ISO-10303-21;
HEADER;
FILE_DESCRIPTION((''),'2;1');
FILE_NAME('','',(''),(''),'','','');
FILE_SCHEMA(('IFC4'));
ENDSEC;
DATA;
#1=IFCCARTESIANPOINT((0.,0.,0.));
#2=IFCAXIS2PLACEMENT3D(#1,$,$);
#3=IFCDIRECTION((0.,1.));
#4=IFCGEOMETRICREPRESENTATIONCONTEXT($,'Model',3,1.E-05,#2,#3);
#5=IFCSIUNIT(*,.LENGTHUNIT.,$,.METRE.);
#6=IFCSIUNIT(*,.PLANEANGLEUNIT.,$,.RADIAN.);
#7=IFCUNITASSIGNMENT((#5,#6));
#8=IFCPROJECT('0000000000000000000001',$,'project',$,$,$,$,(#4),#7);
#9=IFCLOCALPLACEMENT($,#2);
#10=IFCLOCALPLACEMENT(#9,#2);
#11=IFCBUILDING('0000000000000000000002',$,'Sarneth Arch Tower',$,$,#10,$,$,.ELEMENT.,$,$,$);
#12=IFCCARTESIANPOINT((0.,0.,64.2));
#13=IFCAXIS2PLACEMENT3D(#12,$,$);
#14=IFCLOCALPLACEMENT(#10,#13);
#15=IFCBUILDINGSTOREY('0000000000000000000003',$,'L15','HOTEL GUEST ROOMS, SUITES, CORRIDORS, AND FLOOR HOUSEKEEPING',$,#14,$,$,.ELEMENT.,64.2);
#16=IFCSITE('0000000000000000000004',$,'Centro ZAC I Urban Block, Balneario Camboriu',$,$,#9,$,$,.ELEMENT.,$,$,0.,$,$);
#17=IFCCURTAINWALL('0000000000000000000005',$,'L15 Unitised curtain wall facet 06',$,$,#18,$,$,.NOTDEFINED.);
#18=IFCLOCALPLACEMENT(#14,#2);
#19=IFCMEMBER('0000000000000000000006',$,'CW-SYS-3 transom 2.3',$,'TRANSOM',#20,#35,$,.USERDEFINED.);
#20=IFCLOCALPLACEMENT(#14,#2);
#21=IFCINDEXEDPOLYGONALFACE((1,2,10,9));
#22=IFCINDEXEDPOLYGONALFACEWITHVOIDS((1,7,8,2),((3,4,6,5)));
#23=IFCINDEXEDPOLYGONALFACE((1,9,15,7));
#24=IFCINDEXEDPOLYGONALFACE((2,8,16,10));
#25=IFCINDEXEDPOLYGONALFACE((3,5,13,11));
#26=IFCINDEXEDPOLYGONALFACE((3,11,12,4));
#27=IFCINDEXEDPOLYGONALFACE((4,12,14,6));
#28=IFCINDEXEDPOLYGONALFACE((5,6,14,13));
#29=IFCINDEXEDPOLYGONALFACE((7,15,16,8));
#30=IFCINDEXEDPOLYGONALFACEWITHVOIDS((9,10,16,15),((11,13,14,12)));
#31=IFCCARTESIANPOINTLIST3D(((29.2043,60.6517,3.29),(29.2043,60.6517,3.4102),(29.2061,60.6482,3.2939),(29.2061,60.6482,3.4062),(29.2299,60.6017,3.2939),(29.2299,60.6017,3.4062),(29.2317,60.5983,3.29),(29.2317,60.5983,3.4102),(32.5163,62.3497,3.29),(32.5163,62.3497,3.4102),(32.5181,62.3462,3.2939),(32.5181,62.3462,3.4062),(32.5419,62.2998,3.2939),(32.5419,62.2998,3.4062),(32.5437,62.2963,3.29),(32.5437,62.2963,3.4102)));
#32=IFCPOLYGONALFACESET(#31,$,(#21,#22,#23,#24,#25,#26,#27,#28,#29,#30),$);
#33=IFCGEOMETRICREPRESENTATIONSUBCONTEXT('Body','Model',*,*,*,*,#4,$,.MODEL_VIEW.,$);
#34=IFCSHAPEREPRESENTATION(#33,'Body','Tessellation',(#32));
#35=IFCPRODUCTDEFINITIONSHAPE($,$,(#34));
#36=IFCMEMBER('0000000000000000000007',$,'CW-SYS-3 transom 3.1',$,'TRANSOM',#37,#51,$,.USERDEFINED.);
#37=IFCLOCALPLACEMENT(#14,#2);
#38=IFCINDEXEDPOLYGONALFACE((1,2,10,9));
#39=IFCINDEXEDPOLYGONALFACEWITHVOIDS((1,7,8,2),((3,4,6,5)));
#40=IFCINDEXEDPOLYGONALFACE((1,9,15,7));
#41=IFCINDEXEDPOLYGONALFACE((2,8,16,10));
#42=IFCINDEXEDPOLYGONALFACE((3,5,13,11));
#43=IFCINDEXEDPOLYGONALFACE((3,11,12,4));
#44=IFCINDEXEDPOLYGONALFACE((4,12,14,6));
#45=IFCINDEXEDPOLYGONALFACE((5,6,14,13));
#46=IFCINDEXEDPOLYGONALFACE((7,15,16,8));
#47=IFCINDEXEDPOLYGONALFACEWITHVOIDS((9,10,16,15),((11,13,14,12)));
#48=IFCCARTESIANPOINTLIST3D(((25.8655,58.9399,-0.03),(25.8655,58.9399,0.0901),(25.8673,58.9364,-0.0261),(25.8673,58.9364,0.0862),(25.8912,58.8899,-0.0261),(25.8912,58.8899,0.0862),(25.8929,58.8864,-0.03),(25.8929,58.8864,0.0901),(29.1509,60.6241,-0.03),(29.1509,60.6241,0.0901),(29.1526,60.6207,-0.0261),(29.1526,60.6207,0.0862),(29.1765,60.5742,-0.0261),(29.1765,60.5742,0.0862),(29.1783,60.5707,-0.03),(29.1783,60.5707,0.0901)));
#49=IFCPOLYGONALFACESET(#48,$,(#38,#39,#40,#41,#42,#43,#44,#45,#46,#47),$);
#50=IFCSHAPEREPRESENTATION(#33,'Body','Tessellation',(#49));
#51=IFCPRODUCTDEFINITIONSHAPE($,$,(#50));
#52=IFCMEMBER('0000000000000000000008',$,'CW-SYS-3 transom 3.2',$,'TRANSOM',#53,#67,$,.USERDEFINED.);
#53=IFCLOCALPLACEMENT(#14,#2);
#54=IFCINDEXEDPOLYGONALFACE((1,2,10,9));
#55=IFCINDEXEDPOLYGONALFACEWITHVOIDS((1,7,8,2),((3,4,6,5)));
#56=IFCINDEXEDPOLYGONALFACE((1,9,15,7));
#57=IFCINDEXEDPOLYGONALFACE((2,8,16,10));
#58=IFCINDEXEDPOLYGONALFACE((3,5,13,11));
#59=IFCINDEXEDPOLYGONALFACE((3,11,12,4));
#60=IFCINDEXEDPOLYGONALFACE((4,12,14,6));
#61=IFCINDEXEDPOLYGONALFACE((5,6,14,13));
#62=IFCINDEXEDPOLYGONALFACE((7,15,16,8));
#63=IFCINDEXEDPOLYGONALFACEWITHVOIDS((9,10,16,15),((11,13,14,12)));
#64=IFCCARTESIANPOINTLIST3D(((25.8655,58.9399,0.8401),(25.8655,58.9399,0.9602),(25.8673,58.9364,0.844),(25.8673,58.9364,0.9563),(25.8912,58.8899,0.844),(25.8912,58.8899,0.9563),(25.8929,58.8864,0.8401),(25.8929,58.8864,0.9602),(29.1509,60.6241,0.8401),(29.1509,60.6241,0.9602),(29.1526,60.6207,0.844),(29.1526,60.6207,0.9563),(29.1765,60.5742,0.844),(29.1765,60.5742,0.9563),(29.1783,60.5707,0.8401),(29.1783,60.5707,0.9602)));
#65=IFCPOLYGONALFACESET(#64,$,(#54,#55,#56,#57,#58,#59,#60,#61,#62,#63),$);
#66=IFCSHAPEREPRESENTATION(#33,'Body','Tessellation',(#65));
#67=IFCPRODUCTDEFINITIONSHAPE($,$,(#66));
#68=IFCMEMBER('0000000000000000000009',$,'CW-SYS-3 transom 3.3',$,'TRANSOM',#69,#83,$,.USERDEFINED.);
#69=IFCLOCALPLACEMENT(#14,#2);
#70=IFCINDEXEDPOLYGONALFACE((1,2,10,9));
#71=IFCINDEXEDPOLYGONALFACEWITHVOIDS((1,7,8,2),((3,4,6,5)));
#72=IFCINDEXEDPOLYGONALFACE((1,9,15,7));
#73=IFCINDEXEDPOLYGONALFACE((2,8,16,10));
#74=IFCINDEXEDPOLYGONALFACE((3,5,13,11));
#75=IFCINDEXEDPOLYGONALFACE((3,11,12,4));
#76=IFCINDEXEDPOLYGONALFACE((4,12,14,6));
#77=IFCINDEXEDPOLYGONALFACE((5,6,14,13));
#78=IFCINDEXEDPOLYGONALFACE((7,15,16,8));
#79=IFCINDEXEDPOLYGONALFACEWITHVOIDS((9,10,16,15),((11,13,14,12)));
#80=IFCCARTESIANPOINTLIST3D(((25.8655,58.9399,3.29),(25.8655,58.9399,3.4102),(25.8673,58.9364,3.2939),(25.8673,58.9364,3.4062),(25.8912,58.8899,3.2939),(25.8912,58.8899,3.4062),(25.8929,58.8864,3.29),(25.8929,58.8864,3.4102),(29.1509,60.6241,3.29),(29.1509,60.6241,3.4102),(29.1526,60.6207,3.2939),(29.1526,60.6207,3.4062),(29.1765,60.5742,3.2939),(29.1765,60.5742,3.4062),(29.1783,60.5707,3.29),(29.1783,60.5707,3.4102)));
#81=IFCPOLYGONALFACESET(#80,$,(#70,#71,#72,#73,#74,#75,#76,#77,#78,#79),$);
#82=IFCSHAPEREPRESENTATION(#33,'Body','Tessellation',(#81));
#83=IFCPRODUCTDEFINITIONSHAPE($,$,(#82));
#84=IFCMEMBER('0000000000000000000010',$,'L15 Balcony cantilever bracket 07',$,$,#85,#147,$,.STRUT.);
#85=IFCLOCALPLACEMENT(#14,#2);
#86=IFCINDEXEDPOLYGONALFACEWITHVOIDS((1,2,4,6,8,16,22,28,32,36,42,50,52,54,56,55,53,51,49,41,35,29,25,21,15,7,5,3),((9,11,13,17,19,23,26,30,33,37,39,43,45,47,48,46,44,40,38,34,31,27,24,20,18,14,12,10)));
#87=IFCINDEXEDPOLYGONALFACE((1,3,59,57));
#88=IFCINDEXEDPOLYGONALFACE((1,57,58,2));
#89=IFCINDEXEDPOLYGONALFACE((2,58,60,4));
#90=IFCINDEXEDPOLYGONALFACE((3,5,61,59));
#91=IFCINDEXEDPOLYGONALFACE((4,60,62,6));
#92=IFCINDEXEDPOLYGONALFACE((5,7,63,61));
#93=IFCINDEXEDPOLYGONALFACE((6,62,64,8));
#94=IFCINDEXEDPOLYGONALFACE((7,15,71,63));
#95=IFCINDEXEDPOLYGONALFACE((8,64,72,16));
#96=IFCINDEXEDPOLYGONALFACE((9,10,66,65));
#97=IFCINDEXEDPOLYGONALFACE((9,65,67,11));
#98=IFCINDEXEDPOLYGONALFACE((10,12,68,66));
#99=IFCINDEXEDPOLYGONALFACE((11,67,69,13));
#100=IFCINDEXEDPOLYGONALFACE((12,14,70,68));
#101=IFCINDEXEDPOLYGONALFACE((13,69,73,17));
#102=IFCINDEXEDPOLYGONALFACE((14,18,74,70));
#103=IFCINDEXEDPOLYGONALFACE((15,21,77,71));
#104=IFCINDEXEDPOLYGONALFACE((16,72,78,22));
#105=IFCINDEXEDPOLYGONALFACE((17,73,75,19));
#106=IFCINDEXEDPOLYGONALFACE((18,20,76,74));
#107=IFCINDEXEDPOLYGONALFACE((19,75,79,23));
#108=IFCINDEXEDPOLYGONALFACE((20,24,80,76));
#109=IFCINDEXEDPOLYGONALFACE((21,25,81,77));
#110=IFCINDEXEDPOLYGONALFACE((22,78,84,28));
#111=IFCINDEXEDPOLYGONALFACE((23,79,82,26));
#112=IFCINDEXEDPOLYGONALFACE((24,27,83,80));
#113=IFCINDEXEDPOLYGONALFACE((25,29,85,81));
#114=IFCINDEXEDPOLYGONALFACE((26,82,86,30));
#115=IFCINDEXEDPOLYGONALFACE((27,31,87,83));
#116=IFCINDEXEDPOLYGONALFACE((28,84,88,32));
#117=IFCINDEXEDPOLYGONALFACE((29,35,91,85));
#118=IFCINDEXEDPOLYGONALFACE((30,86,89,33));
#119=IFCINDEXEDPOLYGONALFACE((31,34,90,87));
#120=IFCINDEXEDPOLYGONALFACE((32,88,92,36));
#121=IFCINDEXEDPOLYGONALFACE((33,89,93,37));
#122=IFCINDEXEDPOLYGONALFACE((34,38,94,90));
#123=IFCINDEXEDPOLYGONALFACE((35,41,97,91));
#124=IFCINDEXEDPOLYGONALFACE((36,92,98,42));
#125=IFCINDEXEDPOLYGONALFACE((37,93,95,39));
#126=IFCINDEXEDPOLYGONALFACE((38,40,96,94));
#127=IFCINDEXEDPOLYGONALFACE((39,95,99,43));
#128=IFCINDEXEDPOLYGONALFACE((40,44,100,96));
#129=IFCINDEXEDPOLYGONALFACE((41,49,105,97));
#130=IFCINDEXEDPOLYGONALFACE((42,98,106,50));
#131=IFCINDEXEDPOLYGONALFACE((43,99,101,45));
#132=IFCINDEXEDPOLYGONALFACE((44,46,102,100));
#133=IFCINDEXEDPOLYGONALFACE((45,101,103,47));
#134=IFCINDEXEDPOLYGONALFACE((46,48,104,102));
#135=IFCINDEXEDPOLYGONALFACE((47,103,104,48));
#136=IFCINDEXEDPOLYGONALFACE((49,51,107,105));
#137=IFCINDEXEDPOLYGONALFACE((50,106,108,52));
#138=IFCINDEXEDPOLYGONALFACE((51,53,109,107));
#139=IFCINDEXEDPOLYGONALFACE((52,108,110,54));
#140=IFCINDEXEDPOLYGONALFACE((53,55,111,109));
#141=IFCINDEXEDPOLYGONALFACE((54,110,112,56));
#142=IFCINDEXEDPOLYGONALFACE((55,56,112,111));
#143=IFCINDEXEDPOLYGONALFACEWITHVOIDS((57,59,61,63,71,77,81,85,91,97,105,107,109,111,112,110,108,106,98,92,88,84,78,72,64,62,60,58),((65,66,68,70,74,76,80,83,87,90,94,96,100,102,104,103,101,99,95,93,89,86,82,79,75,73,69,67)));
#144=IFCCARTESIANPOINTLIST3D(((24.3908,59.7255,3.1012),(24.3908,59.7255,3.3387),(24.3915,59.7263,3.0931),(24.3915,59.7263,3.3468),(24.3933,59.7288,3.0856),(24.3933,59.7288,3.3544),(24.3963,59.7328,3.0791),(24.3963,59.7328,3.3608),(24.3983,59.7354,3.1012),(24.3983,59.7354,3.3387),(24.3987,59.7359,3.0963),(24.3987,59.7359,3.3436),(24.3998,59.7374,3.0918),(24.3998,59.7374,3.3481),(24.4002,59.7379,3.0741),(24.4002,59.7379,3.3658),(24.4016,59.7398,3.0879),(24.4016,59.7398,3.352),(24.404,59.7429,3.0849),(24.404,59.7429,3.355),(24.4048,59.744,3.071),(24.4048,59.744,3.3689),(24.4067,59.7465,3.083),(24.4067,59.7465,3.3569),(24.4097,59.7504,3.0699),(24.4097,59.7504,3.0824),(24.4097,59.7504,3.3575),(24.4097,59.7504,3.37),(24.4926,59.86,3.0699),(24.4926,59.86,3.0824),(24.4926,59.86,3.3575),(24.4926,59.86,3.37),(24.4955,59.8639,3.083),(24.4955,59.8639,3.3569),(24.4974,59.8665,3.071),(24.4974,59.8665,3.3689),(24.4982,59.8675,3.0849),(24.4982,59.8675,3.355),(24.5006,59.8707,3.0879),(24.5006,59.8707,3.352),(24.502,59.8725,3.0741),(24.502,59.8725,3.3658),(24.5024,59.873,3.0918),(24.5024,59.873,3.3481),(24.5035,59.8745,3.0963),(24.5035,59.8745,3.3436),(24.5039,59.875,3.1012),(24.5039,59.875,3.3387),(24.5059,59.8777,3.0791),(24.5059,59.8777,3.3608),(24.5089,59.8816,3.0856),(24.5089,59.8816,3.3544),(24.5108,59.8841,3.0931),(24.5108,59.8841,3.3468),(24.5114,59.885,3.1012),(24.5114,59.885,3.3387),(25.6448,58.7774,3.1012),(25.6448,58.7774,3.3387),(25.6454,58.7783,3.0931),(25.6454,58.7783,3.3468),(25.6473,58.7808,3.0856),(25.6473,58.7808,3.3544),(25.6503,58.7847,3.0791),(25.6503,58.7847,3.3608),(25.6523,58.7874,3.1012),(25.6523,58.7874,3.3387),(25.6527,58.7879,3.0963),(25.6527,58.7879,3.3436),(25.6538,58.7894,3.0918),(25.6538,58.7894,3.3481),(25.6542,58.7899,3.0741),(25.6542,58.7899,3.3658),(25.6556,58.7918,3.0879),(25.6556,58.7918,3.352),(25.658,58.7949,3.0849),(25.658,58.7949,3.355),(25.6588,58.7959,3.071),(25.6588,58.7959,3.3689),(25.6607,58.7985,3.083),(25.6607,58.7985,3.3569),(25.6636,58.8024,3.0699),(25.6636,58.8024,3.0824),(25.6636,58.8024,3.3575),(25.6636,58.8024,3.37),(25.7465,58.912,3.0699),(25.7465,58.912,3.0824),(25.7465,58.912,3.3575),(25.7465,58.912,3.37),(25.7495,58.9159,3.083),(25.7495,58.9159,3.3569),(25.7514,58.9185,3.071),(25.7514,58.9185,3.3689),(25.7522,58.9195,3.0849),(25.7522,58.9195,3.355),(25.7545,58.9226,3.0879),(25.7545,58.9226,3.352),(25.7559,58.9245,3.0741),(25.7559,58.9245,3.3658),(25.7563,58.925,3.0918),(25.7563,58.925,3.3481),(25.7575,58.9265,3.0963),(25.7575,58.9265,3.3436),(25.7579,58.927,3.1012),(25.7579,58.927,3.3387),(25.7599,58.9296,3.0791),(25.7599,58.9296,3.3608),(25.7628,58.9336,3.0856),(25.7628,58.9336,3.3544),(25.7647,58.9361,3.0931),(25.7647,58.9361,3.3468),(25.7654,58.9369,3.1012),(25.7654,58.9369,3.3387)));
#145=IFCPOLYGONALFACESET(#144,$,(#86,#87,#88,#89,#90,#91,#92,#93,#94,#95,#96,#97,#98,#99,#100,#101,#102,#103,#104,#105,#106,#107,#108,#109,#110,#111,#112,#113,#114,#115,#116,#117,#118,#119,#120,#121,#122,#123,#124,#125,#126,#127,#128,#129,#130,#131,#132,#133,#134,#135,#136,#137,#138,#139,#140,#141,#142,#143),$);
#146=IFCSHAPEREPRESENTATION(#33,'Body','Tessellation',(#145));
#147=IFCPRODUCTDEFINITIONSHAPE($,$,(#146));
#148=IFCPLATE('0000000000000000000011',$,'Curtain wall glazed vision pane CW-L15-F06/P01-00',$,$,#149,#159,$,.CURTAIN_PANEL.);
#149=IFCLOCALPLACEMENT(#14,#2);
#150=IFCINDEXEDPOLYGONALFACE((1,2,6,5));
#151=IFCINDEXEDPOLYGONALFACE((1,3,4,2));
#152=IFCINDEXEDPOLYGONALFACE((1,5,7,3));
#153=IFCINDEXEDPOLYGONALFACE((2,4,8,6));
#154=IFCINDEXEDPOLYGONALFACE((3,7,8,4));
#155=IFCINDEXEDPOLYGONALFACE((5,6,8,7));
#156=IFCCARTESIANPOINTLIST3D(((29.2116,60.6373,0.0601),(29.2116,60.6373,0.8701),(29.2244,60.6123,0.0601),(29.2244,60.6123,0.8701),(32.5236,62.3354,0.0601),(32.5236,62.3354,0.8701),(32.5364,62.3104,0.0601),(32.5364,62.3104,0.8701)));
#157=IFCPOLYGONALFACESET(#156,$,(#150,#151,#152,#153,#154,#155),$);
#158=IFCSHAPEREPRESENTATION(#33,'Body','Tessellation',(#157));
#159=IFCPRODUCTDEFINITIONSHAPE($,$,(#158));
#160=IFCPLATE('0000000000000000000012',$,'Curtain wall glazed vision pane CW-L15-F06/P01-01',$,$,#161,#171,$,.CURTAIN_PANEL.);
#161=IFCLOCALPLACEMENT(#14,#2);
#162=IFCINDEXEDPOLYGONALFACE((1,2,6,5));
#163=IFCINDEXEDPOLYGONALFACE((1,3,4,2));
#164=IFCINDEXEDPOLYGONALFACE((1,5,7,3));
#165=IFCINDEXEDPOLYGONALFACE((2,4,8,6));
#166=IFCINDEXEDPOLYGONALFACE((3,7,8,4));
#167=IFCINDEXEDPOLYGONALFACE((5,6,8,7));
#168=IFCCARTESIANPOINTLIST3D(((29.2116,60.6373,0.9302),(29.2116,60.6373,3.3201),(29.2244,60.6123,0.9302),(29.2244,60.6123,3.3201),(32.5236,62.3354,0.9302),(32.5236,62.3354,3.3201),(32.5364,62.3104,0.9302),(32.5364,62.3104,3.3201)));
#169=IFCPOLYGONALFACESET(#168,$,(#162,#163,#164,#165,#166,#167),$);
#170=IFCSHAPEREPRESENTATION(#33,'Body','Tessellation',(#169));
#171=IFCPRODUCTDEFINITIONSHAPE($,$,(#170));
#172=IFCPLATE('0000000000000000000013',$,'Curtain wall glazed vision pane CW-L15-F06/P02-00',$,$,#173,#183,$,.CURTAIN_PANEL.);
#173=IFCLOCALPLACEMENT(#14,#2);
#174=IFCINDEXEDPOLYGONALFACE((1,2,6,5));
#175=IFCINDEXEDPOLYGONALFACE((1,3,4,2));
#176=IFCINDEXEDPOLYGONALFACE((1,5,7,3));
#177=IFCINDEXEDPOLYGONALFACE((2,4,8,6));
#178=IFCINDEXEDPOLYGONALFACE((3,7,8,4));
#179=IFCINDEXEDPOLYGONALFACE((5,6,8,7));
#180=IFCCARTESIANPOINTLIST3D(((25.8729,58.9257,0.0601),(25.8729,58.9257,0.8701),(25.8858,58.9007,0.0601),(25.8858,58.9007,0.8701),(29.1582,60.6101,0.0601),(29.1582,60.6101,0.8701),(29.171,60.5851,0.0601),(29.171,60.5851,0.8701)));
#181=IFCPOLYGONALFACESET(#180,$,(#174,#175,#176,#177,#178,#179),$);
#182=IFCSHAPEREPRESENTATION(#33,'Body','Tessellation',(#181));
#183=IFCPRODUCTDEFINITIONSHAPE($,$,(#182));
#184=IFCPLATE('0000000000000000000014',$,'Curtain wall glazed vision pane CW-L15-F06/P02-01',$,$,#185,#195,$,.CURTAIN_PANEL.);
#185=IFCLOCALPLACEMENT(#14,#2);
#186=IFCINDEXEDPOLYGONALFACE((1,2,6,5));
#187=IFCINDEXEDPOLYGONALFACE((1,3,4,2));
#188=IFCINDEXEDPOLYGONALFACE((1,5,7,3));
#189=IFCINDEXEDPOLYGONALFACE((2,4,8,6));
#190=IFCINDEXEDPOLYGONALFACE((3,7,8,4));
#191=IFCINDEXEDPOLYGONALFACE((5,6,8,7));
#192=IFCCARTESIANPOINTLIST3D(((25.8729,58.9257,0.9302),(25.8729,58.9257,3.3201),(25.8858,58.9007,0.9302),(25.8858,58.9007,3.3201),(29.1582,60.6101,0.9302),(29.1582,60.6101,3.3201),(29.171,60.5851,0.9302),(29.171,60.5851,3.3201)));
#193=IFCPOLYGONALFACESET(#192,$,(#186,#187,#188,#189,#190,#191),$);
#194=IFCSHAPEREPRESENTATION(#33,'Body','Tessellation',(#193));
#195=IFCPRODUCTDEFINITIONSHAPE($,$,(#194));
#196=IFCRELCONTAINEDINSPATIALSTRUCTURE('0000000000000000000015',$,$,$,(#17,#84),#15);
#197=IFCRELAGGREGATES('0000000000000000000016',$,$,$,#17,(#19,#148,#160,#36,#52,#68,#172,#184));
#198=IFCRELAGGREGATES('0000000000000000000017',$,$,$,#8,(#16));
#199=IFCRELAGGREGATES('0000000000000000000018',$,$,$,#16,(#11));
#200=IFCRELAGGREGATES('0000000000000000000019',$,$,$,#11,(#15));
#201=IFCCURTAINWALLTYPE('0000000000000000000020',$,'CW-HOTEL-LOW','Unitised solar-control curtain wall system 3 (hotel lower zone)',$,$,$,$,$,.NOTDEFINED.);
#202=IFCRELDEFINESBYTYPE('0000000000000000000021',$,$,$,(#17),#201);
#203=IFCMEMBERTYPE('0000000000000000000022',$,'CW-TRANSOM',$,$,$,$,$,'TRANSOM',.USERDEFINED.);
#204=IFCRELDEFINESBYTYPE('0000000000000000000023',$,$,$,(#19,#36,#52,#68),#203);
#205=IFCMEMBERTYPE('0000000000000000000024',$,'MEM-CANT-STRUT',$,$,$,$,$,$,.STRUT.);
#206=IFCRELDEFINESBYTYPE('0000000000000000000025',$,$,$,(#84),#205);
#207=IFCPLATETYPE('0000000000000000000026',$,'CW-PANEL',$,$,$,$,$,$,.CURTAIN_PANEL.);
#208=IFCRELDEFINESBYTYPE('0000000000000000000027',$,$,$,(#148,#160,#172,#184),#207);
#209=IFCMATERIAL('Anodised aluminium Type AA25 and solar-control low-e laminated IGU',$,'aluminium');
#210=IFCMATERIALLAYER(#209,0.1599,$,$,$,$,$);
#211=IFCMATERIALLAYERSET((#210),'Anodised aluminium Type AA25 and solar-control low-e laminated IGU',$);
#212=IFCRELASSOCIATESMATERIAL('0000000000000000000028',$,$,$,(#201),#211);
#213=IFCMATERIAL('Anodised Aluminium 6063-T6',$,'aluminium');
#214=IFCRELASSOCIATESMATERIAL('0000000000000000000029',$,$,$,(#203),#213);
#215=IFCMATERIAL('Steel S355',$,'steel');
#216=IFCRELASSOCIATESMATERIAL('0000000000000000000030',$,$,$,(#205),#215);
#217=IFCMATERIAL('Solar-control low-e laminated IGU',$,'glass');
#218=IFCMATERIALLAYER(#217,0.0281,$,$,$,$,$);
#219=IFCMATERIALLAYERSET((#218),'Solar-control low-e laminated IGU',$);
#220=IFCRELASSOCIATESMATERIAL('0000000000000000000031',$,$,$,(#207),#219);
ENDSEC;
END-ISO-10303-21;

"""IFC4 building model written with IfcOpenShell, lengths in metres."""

from ifc_helpers import new_model, si_unit, direction, frame, origin, origin_2d, place, context, subcontext, project, spatial, rectangle, hollow_rectangle, extrude, material, layer, layer_set, material_profile, profile_set, type_object, element, aggregate, save


model = new_model("IFC4")

# Units and contexts
model_context = context("Model", 3, precision=1e-05, world=origin(), true_north=direction((0.0, 1.0)))
body_context = subcontext(model_context, "Body", "Model", "MODEL_VIEW")
ifc_project = project(units=[si_unit("LENGTHUNIT", "METRE"), si_unit("PLANEANGLEUNIT", "RADIAN")], contexts=[model_context])

# Site, building, storey
site_placement = place(None, origin())
site = spatial("IfcSite", under=ifc_project, at=site_placement, Name="Centro ZAC I Urban Block, Balneario Camboriu", CompositionType="ELEMENT", RefElevation=0.0)
building_placement = place(site_placement, origin())
building = spatial("IfcBuilding", under=site, at=building_placement, Name="Sarneth Arch Tower", CompositionType="ELEMENT")
storey_placement = place(building_placement, frame((0.0, 0.0, 64.2)))
storey = spatial("IfcBuildingStorey", under=building, at=storey_placement, Name="L15", Description="HOTEL GUEST ROOMS, SUITES, CORRIDORS, AND FLOOR HOUSEKEEPING", CompositionType="ELEMENT", Elevation=64.2)

# Curtain wall, members
ifc_material_1 = material(Name="Anodised aluminium Type AA25 and solar-control low-e laminated IGU", Category="aluminium")
ifc_layer_1 = layer(ifc_material_1, 0.1599)
ifc_layer_set_1 = layer_set([ifc_layer_1], Name="Anodised aluminium Type AA25 and solar-control low-e laminated IGU")
curtain_wall_type = type_object("IfcCurtainWallType", Name="CW-HOTEL-LOW", Description="Unitised solar-control curtain wall system 3 (hotel lower zone)", PredefinedType="NOTDEFINED", material=ifc_layer_set_1)
curtain_wall_placement = place(storey_placement, origin())
curtain_wall = element("IfcCurtainWall", 1, at=curtain_wall_placement, inside=storey, type_object=curtain_wall_type, Name="L15 Unitised curtain wall facet 06", PredefinedType="NOTDEFINED")
ifc_material_2 = material(Name="Anodised Aluminium 6063-T6", Category="aluminium")
ifc_material_profile_1 = material_profile(ifc_material_2, hollow_rectangle(XDim=0.0601, YDim=0.1201, WallThickness=0.0039, at=origin_2d()), Name="AL-TRAN-120x60x4")
ifc_profile_set_1 = profile_set([ifc_material_profile_1], Name="Anodised Aluminium 6063-T6")
member_type_1 = type_object("IfcMemberType", Name="CW-TRANSOM", ElementType="TRANSOM", PredefinedType="USERDEFINED", material=ifc_profile_set_1)
member_1_placement = place(storey_placement, frame((32.53, 62.323, 3.3501), z_axis=(-0.889869, -0.456217, 0.0), x_axis=(0.456217, -0.889869, 0.0)))
member_1 = element("IfcMember", 2, at=member_1_placement, type_object=member_type_1, Name="CW-SYS-3 transom 2.3", ObjectType="TRANSOM", PredefinedType="USERDEFINED", context=body_context, shape_type="SweptSolid", body=[
    extrude(hollow_rectangle(XDim=0.0601, YDim=0.1201, WallThickness=0.0039, at=origin_2d()), origin(), (0.0, 0.0, 1.0), 3.7219),
])
member_2_placement = place(storey_placement, frame((29.1646, 60.5974, 0.03), z_axis=(-0.889872, -0.456211, 0.0), x_axis=(0.456211, -0.889872, 0.0)))
member_2 = element("IfcMember", 3, at=member_2_placement, type_object=member_type_1, Name="CW-SYS-3 transom 3.1", ObjectType="TRANSOM", PredefinedType="USERDEFINED", context=body_context, shape_type="SweptSolid", body=[
    extrude(hollow_rectangle(XDim=0.0601, YDim=0.1201, WallThickness=0.0039, at=origin_2d()), origin(), (0.0, 0.0, 1.0), 3.6919),
])
member_3_placement = place(storey_placement, frame((29.1646, 60.5974, 0.9001), z_axis=(-0.889872, -0.456211, 0.0), x_axis=(0.456211, -0.889872, 0.0)))
member_3 = element("IfcMember", 4, at=member_3_placement, type_object=member_type_1, Name="CW-SYS-3 transom 3.2", ObjectType="TRANSOM", PredefinedType="USERDEFINED", context=body_context, shape_type="SweptSolid", body=[
    extrude(hollow_rectangle(XDim=0.0601, YDim=0.1201, WallThickness=0.0039, at=origin_2d()), origin(), (0.0, 0.0, 1.0), 3.6919),
])
member_4_placement = place(storey_placement, frame((29.1646, 60.5974, 3.3501), z_axis=(-0.889872, -0.456211, 0.0), x_axis=(0.456211, -0.889872, 0.0)))
member_4 = element("IfcMember", 5, at=member_4_placement, type_object=member_type_1, Name="CW-SYS-3 transom 3.3", ObjectType="TRANSOM", PredefinedType="USERDEFINED", context=body_context, shape_type="SweptSolid", body=[
    extrude(hollow_rectangle(XDim=0.0601, YDim=0.1201, WallThickness=0.0039, at=origin_2d()), origin(), (0.0, 0.0, 1.0), 3.6919),
])

# Member
ifc_material_3 = material(Name="Steel S355", Category="steel")
ifc_material_profile_2 = material_profile(ifc_material_3, hollow_rectangle(XDim=0.2, YDim=0.3, WallThickness=0.0125, InnerFilletRadius=0.0188, OuterFilletRadius=0.0312, at=origin_2d()), Name="RHS300x200x12.5")
ifc_profile_set_2 = profile_set([ifc_material_profile_2], Name="Steel S355")
member_type_2 = type_object("IfcMemberType", Name="MEM-CANT-STRUT", PredefinedType="STRUT", material=ifc_profile_set_2)
member_5_placement = place(storey_placement, frame((25.7051, 58.8572, 3.22), z_axis=(-0.797683, 0.603077, 0.0), x_axis=(-0.603077, -0.797683, 0.0)))
element("IfcMember", 6, at=member_5_placement, inside=storey, type_object=member_type_2, Name="L15 Balcony cantilever bracket 07", PredefinedType="STRUT", context=body_context, shape_type="SweptSolid", body=[
    extrude(hollow_rectangle(XDim=0.2, YDim=0.3, WallThickness=0.0125, InnerFilletRadius=0.0188, OuterFilletRadius=0.0312, at=origin_2d()), origin(), (0.0, 0.0, 1.0), 1.572),
])

# Plates
ifc_material_4 = material(Name="Solar-control low-e laminated IGU", Category="glass")
ifc_layer_2 = layer(ifc_material_4, 0.0281)
ifc_layer_set_2 = layer_set([ifc_layer_2], Name="Solar-control low-e laminated IGU")
plate_type_1 = type_object("IfcPlateType", Name="CW-PANEL", PredefinedType="CURTAIN_PANEL", material=ifc_layer_set_2)
plate_1_placement = place(storey_placement, frame((30.874, 61.4739, 0.0601), z_axis=(0.0, 0.0, 1.0), x_axis=(-0.889854, -0.456245, 0.0)))
plate_1 = element("IfcPlate", 7, at=plate_1_placement, type_object=plate_type_1, Name="Curtain wall glazed vision pane CW-L15-F06/P01-00", PredefinedType="CURTAIN_PANEL", context=body_context, shape_type="SweptSolid", body=[
    extrude(rectangle(XDim=3.7219, YDim=0.0281, at=origin_2d()), origin(), (0.0, 0.0, 1.0), 0.8101),
])
plate_2_placement = place(storey_placement, frame((30.874, 61.4739, 0.9302), z_axis=(0.0, 0.0, 1.0), x_axis=(-0.889854, -0.456245, 0.0)))
plate_2 = element("IfcPlate", 8, at=plate_2_placement, type_object=plate_type_1, Name="Curtain wall glazed vision pane CW-L15-F06/P01-01", PredefinedType="CURTAIN_PANEL", context=body_context, shape_type="SweptSolid", body=[
    extrude(rectangle(XDim=3.7219, YDim=0.0281, at=origin_2d()), origin(), (0.0, 0.0, 1.0), 2.3899),
])
plate_3_placement = place(storey_placement, frame((27.522, 59.7554, 0.0601), z_axis=(0.0, 0.0, 1.0), x_axis=(-0.889854, -0.456245, 0.0)))
plate_3 = element("IfcPlate", 9, at=plate_3_placement, type_object=plate_type_1, Name="Curtain wall glazed vision pane CW-L15-F06/P02-00", PredefinedType="CURTAIN_PANEL", context=body_context, shape_type="SweptSolid", body=[
    extrude(rectangle(XDim=3.6919, YDim=0.0281, at=origin_2d()), origin(), (0.0, 0.0, 1.0), 0.8101),
])
plate_4_placement = place(storey_placement, frame((27.522, 59.7554, 0.9302), z_axis=(0.0, 0.0, 1.0), x_axis=(-0.889854, -0.456245, 0.0)))
plate_4 = element("IfcPlate", 10, at=plate_4_placement, type_object=plate_type_1, Name="Curtain wall glazed vision pane CW-L15-F06/P02-01", PredefinedType="CURTAIN_PANEL", context=body_context, shape_type="SweptSolid", body=[
    extrude(rectangle(XDim=3.6919, YDim=0.0281, at=origin_2d()), origin(), (0.0, 0.0, 1.0), 2.3899),
])
aggregate(curtain_wall, [member_1, plate_1, plate_2, member_2, member_3, member_4, plate_3, plate_4])

save(model, "model.ifc")
